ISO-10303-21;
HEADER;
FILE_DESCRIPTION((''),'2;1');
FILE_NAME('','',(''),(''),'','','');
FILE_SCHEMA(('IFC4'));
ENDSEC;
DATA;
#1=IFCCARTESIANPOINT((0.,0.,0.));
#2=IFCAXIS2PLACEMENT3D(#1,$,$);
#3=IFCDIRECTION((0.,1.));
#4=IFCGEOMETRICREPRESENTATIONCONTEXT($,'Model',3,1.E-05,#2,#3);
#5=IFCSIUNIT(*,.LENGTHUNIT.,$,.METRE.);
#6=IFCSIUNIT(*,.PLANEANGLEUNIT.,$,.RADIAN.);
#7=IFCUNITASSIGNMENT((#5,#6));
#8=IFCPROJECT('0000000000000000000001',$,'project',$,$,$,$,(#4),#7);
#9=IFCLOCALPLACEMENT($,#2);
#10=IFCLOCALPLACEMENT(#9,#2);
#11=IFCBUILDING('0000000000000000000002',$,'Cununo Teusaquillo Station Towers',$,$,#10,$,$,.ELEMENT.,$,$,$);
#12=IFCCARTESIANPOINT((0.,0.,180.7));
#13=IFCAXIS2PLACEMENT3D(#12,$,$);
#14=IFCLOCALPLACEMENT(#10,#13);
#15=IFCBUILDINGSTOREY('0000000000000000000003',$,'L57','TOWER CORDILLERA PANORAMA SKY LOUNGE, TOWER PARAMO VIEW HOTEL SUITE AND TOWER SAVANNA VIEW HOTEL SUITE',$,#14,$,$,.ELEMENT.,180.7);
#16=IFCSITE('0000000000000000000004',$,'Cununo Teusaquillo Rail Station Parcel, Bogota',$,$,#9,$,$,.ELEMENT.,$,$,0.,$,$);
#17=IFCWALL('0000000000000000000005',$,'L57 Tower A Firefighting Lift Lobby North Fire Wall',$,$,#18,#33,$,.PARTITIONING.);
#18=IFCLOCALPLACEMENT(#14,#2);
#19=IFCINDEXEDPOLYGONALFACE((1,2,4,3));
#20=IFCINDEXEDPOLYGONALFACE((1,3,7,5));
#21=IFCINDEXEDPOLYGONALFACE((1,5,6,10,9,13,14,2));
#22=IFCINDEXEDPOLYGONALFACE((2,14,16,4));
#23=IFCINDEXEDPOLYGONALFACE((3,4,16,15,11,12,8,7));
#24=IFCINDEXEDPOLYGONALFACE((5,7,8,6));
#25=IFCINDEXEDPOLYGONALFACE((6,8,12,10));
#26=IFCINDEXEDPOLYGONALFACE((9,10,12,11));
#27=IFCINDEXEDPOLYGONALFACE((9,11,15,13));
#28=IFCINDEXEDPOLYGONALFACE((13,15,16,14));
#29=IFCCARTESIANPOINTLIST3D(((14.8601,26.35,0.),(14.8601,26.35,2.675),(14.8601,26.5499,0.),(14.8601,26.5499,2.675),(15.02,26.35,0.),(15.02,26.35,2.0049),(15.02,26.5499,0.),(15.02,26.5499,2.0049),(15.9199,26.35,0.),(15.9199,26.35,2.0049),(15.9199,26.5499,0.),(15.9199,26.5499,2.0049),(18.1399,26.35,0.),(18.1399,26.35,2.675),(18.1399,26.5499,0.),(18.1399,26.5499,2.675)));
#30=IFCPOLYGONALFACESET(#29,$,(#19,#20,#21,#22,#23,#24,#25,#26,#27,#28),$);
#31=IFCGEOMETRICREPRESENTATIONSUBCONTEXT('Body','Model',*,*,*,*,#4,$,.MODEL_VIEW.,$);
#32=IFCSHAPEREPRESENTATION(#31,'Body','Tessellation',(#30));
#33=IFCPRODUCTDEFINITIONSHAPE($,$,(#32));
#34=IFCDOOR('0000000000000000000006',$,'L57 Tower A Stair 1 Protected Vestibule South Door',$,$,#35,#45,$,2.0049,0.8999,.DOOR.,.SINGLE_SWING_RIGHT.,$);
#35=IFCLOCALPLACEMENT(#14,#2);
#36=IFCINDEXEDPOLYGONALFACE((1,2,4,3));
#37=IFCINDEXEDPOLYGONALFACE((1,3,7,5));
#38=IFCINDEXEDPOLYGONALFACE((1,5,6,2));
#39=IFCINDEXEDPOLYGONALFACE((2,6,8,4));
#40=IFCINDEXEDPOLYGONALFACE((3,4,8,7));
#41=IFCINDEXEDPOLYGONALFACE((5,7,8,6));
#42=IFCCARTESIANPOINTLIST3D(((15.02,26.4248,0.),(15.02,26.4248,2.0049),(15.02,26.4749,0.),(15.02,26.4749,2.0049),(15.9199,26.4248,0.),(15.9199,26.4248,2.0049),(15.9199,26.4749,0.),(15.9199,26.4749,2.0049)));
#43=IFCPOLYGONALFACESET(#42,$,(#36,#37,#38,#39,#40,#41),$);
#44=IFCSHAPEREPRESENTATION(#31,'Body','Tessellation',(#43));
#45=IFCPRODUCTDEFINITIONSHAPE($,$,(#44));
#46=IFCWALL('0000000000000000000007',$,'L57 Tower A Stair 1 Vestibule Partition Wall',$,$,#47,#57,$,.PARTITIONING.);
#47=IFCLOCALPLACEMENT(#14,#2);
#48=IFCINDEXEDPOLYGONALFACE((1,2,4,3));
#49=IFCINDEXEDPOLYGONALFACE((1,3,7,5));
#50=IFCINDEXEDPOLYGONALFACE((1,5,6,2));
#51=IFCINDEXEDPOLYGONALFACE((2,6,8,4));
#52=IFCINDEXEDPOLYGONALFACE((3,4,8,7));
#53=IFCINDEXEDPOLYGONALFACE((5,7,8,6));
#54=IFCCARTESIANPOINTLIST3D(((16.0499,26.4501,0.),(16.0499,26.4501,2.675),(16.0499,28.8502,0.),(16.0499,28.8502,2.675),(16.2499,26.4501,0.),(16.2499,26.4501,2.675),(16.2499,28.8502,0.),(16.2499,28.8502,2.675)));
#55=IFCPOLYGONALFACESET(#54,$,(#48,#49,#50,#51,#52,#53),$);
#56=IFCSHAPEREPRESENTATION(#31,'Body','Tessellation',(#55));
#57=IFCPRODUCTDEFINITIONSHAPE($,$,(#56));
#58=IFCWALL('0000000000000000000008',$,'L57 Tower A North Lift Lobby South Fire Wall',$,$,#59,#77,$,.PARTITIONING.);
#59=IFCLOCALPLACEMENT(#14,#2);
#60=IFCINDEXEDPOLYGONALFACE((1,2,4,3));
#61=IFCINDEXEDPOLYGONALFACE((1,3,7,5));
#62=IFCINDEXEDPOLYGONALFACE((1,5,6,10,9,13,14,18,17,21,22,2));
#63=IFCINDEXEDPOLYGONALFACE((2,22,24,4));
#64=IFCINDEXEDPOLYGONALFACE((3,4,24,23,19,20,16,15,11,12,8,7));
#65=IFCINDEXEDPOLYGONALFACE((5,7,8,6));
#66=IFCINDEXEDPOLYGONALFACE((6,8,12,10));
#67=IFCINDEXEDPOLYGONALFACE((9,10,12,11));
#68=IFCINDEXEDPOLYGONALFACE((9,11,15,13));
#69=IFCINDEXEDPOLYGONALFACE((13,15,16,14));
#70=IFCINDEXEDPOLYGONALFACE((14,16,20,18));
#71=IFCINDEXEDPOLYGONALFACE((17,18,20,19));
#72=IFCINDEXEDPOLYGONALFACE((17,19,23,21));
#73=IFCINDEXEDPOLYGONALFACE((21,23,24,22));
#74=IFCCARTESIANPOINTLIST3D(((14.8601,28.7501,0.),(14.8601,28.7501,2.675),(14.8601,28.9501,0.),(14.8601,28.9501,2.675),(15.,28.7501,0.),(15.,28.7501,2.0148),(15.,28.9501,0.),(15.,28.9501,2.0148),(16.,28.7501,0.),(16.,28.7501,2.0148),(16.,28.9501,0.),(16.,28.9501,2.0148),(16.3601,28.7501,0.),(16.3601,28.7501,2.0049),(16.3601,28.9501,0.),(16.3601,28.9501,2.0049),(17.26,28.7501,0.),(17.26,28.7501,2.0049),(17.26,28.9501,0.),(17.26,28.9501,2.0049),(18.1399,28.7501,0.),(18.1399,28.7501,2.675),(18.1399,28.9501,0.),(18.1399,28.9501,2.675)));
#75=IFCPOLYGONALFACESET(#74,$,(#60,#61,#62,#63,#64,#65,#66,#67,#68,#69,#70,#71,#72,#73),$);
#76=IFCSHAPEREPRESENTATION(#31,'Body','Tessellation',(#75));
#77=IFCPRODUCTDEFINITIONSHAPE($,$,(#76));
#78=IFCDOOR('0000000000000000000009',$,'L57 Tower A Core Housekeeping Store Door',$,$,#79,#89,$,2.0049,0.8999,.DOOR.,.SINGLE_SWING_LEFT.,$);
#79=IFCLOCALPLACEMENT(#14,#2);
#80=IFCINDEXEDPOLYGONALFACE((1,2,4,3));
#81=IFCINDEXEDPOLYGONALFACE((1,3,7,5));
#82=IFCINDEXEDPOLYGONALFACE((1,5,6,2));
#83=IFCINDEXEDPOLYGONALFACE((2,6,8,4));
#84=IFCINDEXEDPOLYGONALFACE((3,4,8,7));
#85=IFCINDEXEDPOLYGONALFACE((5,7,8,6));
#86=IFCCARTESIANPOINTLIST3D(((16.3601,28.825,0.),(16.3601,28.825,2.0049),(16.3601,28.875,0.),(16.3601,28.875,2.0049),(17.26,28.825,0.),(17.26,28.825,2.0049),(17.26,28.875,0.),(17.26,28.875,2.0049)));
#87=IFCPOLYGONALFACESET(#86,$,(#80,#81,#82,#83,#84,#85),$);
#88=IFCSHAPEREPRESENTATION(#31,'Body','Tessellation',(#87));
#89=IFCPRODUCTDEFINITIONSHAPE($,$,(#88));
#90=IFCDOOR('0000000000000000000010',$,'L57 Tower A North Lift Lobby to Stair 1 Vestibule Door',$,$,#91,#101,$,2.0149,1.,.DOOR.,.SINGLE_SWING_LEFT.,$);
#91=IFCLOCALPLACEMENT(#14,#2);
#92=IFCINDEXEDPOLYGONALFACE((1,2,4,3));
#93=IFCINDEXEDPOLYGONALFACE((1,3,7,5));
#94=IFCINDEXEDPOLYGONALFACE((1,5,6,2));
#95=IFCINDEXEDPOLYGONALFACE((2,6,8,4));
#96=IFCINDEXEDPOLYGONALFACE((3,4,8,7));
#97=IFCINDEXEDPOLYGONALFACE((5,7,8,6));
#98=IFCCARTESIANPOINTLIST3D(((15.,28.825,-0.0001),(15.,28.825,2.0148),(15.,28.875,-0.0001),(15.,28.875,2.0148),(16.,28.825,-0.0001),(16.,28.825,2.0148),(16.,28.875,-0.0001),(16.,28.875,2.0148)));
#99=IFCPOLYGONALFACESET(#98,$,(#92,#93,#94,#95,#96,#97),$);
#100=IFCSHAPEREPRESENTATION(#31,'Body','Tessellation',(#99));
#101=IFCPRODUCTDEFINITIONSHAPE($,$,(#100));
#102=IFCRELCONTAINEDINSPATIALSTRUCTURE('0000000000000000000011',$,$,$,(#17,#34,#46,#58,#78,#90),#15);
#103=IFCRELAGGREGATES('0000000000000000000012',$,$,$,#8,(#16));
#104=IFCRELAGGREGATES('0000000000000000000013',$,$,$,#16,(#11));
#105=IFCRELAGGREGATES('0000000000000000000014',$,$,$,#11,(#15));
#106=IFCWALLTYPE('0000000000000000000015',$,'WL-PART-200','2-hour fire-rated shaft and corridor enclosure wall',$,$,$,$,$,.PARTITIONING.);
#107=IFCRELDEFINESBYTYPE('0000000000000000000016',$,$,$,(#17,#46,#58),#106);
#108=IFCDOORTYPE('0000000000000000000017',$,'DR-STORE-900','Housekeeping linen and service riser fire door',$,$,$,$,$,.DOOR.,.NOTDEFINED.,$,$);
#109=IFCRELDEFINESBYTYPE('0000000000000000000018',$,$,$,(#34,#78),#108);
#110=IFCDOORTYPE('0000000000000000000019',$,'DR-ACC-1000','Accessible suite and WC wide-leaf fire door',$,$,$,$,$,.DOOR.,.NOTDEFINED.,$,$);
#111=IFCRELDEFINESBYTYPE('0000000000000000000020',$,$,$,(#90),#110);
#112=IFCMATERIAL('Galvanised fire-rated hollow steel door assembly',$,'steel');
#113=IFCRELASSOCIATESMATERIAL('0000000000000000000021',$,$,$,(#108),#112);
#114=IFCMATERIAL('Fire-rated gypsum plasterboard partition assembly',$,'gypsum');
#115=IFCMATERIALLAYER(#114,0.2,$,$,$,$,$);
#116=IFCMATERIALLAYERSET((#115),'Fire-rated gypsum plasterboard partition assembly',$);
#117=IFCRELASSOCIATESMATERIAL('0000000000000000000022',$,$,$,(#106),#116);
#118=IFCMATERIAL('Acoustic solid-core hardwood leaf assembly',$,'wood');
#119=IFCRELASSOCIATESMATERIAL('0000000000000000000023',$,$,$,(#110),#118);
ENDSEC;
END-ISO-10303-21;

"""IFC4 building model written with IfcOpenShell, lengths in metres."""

from ifc_helpers import new_model, si_unit, direction, frame, frame_2d, origin, place, context, subcontext, project, spatial, rectangle, extrude, source, transform, mapped, material, layer, layer_set, type_object, element, fill, save


model = new_model("IFC4")

# Units and contexts
model_context = context("Model", 3, precision=1e-05, world=origin(), true_north=direction((0.0, 1.0)))
body_context = subcontext(model_context, "Body", "Model", "MODEL_VIEW")
ifc_project = project(units=[si_unit("LENGTHUNIT", "METRE"), si_unit("PLANEANGLEUNIT", "RADIAN")], contexts=[model_context])

# Site, building, storey
site_placement = place(None, origin())
site = spatial("IfcSite", under=ifc_project, at=site_placement, Name="Cununo Teusaquillo Rail Station Parcel, Bogota", CompositionType="ELEMENT", RefElevation=0.0)
building_placement = place(site_placement, origin())
building = spatial("IfcBuilding", under=site, at=building_placement, Name="Cununo Teusaquillo Station Towers", CompositionType="ELEMENT")
storey_placement = place(building_placement, frame((0.0, 0.0, 180.7)))
storey = spatial("IfcBuildingStorey", under=building, at=storey_placement, Name="L57", Description="TOWER CORDILLERA PANORAMA SKY LOUNGE, TOWER PARAMO VIEW HOTEL SUITE AND TOWER SAVANNA VIEW HOTEL SUITE", CompositionType="ELEMENT", Elevation=180.7)

# Shared definitions
ifc_material_1 = material(Name="Galvanised fire-rated hollow steel door assembly", Category="steel")
door_type_1 = type_object("IfcDoorType", Name="DR-STORE-900", Description="Housekeeping linen and service riser fire door", OperationType="NOTDEFINED", PredefinedType="DOOR", material=ifc_material_1)
shared_shape_1 = source(origin(), body_context, "Body", "SweptSolid", [
    extrude(rectangle(XDim=0.8999, YDim=2.0049, at=frame_2d((0.45, 1.0024))), frame((0.0, 0.0249, 0.0), z_axis=(0.0, -1.0, 0.0), x_axis=(1.0, 0.0, 0.0)), (0.0, 0.0, 1.0), 0.05),
])

# Wall, opening, door
ifc_material_2 = material(Name="Fire-rated gypsum plasterboard partition assembly", Category="gypsum")
ifc_layer_1 = layer(ifc_material_2, 0.2)
ifc_layer_set_1 = layer_set([ifc_layer_1], Name="Fire-rated gypsum plasterboard partition assembly")
wall_type_1 = type_object("IfcWallType", Name="WL-PART-200", Description="2-hour fire-rated shaft and corridor enclosure wall", PredefinedType="PARTITIONING", material=ifc_layer_set_1)
wall_1_placement = place(storey_placement, frame((14.8601, 26.45, 0.0), z_axis=(0.0, 0.0, 1.0), x_axis=(1.0, 0.0, 0.0)))
wall_1 = element("IfcWall", 1, at=wall_1_placement, inside=storey, type_object=wall_type_1, Name="L57 Tower A Firefighting Lift Lobby North Fire Wall", PredefinedType="PARTITIONING", context=body_context, shape_type="SweptSolid", body=[
    extrude(rectangle(XDim=3.2798, YDim=0.2, at=frame_2d((1.6399, 0.0))), origin(), (0.0, 0.0, 1.0), 2.675),
])
shared_shape_2 = source(origin(), body_context, "Body", "SweptSolid", [
    extrude(rectangle(XDim=0.8999, YDim=2.0049, at=frame_2d((0.45, 1.0024))), frame((0.0, 0.1099, 0.0), z_axis=(0.0, -1.0, 0.0), x_axis=(1.0, 0.0, 0.0)), (0.0, 0.0, 1.0), 0.22),
])
opening_1_placement = place(wall_1_placement, frame((0.1599, 0.0, 0.0)))
opening_1 = element("IfcOpeningElement", 2, at=opening_1_placement, cuts=wall_1, PredefinedType="OPENING", context=body_context, shape_type="MappedRepresentation", body=[
    mapped(shared_shape_2, transform((0.0, 0.0, 0.0), x_axis=(1.0, 0.0, 0.0), y_axis=(0.0, 1.0, 0.0), z_axis=(0.0, 0.0, 1.0), scale=1.0)),
])
door_1_placement = place(opening_1_placement, origin())
door_1 = element("IfcDoor", 3, at=door_1_placement, inside=storey, type_object=door_type_1, Name="L57 Tower A Stair 1 Protected Vestibule South Door", OperationType="SINGLE_SWING_RIGHT", OverallHeight=2.0049, OverallWidth=0.8999, PredefinedType="DOOR", context=body_context, shape_type="MappedRepresentation", body=[
    mapped(shared_shape_1, transform((0.0, 0.0, 0.0), x_axis=(1.0, 0.0, 0.0), y_axis=(0.0, 1.0, 0.0), z_axis=(0.0, 0.0, 1.0), scale=1.0)),
])
fill(opening_1, door_1)

# Wall
wall_2_placement = place(storey_placement, frame((16.1499, 26.45, 0.0), z_axis=(0.0, 0.0, 1.0), x_axis=(0.0, 1.0, 0.0)))
element("IfcWall", 4, at=wall_2_placement, inside=storey, type_object=wall_type_1, Name="L57 Tower A Stair 1 Vestibule Partition Wall", PredefinedType="PARTITIONING", context=body_context, shape_type="SweptSolid", body=[
    extrude(rectangle(XDim=2.4001, YDim=0.2, at=frame_2d((1.2002, 0.0))), origin(), (0.0, 0.0, 1.0), 2.675),
])

# Wall, openings, doors
wall_3_placement = place(storey_placement, frame((14.8601, 28.8501, 0.0), z_axis=(0.0, 0.0, 1.0), x_axis=(1.0, 0.0, 0.0)))
wall_3 = element("IfcWall", 5, at=wall_3_placement, inside=storey, type_object=wall_type_1, Name="L57 Tower A North Lift Lobby South Fire Wall", PredefinedType="PARTITIONING", context=body_context, shape_type="SweptSolid", body=[
    extrude(rectangle(XDim=3.2798, YDim=0.2, at=frame_2d((1.6399, 0.0))), origin(), (0.0, 0.0, 1.0), 2.675),
])
shared_shape_3 = source(origin(), body_context, "Body", "SweptSolid", [
    extrude(rectangle(XDim=1.0, YDim=2.0149, at=frame_2d((0.5, 1.0073))), frame((0.0, 0.1099, 0.0), z_axis=(0.0, -1.0, 0.0), x_axis=(1.0, 0.0, 0.0)), (0.0, 0.0, 1.0), 0.22),
])
opening_2_placement = place(wall_3_placement, frame((0.1399, 0.0, 0.0)))
opening_2 = element("IfcOpeningElement", 6, at=opening_2_placement, cuts=wall_3, PredefinedType="OPENING", context=body_context, shape_type="MappedRepresentation", body=[
    mapped(shared_shape_3, transform((0.0, 0.0, 0.0), x_axis=(1.0, 0.0, 0.0), y_axis=(0.0, 1.0, 0.0), z_axis=(0.0, 0.0, 1.0), scale=1.0)),
])
opening_3_placement = place(wall_3_placement, frame((1.5, 0.0, 0.0)))
opening_3 = element("IfcOpeningElement", 7, at=opening_3_placement, cuts=wall_3, PredefinedType="OPENING", context=body_context, shape_type="MappedRepresentation", body=[
    mapped(shared_shape_2, transform((0.0, 0.0, 0.0), x_axis=(1.0, 0.0, 0.0), y_axis=(0.0, 1.0, 0.0), z_axis=(0.0, 0.0, 1.0), scale=1.0)),
])
door_2_placement = place(opening_3_placement, origin())
door_2 = element("IfcDoor", 8, at=door_2_placement, inside=storey, type_object=door_type_1, Name="L57 Tower A Core Housekeeping Store Door", OperationType="SINGLE_SWING_LEFT", OverallHeight=2.0049, OverallWidth=0.8999, PredefinedType="DOOR", context=body_context, shape_type="MappedRepresentation", body=[
    mapped(shared_shape_1, transform((0.0, 0.0, 0.0), x_axis=(1.0, 0.0, 0.0), y_axis=(0.0, 1.0, 0.0), z_axis=(0.0, 0.0, 1.0), scale=1.0)),
])
fill(opening_3, door_2)
ifc_material_3 = material(Name="Acoustic solid-core hardwood leaf assembly", Category="wood")
door_type_2 = type_object("IfcDoorType", Name="DR-ACC-1000", Description="Accessible suite and WC wide-leaf fire door", OperationType="NOTDEFINED", PredefinedType="DOOR", material=ifc_material_3)
shared_shape_4 = source(origin(), body_context, "Body", "SweptSolid", [
    extrude(rectangle(XDim=1.0, YDim=2.0149, at=frame_2d((0.5, 1.0073))), frame((0.0, 0.0249, 0.0), z_axis=(0.0, -1.0, 0.0), x_axis=(1.0, 0.0, 0.0)), (0.0, 0.0, 1.0), 0.05),
])
door_3_placement = place(opening_2_placement, origin())
door_3 = element("IfcDoor", 9, at=door_3_placement, inside=storey, type_object=door_type_2, Name="L57 Tower A North Lift Lobby to Stair 1 Vestibule Door", OperationType="SINGLE_SWING_LEFT", OverallHeight=2.0149, OverallWidth=1.0, PredefinedType="DOOR", context=body_context, shape_type="MappedRepresentation", body=[
    mapped(shared_shape_4, transform((0.0, 0.0, 0.0), x_axis=(1.0, 0.0, 0.0), y_axis=(0.0, 1.0, 0.0), z_axis=(0.0, 0.0, 1.0), scale=1.0)),
])
fill(opening_2, door_3)

save(model, "model.ifc")
